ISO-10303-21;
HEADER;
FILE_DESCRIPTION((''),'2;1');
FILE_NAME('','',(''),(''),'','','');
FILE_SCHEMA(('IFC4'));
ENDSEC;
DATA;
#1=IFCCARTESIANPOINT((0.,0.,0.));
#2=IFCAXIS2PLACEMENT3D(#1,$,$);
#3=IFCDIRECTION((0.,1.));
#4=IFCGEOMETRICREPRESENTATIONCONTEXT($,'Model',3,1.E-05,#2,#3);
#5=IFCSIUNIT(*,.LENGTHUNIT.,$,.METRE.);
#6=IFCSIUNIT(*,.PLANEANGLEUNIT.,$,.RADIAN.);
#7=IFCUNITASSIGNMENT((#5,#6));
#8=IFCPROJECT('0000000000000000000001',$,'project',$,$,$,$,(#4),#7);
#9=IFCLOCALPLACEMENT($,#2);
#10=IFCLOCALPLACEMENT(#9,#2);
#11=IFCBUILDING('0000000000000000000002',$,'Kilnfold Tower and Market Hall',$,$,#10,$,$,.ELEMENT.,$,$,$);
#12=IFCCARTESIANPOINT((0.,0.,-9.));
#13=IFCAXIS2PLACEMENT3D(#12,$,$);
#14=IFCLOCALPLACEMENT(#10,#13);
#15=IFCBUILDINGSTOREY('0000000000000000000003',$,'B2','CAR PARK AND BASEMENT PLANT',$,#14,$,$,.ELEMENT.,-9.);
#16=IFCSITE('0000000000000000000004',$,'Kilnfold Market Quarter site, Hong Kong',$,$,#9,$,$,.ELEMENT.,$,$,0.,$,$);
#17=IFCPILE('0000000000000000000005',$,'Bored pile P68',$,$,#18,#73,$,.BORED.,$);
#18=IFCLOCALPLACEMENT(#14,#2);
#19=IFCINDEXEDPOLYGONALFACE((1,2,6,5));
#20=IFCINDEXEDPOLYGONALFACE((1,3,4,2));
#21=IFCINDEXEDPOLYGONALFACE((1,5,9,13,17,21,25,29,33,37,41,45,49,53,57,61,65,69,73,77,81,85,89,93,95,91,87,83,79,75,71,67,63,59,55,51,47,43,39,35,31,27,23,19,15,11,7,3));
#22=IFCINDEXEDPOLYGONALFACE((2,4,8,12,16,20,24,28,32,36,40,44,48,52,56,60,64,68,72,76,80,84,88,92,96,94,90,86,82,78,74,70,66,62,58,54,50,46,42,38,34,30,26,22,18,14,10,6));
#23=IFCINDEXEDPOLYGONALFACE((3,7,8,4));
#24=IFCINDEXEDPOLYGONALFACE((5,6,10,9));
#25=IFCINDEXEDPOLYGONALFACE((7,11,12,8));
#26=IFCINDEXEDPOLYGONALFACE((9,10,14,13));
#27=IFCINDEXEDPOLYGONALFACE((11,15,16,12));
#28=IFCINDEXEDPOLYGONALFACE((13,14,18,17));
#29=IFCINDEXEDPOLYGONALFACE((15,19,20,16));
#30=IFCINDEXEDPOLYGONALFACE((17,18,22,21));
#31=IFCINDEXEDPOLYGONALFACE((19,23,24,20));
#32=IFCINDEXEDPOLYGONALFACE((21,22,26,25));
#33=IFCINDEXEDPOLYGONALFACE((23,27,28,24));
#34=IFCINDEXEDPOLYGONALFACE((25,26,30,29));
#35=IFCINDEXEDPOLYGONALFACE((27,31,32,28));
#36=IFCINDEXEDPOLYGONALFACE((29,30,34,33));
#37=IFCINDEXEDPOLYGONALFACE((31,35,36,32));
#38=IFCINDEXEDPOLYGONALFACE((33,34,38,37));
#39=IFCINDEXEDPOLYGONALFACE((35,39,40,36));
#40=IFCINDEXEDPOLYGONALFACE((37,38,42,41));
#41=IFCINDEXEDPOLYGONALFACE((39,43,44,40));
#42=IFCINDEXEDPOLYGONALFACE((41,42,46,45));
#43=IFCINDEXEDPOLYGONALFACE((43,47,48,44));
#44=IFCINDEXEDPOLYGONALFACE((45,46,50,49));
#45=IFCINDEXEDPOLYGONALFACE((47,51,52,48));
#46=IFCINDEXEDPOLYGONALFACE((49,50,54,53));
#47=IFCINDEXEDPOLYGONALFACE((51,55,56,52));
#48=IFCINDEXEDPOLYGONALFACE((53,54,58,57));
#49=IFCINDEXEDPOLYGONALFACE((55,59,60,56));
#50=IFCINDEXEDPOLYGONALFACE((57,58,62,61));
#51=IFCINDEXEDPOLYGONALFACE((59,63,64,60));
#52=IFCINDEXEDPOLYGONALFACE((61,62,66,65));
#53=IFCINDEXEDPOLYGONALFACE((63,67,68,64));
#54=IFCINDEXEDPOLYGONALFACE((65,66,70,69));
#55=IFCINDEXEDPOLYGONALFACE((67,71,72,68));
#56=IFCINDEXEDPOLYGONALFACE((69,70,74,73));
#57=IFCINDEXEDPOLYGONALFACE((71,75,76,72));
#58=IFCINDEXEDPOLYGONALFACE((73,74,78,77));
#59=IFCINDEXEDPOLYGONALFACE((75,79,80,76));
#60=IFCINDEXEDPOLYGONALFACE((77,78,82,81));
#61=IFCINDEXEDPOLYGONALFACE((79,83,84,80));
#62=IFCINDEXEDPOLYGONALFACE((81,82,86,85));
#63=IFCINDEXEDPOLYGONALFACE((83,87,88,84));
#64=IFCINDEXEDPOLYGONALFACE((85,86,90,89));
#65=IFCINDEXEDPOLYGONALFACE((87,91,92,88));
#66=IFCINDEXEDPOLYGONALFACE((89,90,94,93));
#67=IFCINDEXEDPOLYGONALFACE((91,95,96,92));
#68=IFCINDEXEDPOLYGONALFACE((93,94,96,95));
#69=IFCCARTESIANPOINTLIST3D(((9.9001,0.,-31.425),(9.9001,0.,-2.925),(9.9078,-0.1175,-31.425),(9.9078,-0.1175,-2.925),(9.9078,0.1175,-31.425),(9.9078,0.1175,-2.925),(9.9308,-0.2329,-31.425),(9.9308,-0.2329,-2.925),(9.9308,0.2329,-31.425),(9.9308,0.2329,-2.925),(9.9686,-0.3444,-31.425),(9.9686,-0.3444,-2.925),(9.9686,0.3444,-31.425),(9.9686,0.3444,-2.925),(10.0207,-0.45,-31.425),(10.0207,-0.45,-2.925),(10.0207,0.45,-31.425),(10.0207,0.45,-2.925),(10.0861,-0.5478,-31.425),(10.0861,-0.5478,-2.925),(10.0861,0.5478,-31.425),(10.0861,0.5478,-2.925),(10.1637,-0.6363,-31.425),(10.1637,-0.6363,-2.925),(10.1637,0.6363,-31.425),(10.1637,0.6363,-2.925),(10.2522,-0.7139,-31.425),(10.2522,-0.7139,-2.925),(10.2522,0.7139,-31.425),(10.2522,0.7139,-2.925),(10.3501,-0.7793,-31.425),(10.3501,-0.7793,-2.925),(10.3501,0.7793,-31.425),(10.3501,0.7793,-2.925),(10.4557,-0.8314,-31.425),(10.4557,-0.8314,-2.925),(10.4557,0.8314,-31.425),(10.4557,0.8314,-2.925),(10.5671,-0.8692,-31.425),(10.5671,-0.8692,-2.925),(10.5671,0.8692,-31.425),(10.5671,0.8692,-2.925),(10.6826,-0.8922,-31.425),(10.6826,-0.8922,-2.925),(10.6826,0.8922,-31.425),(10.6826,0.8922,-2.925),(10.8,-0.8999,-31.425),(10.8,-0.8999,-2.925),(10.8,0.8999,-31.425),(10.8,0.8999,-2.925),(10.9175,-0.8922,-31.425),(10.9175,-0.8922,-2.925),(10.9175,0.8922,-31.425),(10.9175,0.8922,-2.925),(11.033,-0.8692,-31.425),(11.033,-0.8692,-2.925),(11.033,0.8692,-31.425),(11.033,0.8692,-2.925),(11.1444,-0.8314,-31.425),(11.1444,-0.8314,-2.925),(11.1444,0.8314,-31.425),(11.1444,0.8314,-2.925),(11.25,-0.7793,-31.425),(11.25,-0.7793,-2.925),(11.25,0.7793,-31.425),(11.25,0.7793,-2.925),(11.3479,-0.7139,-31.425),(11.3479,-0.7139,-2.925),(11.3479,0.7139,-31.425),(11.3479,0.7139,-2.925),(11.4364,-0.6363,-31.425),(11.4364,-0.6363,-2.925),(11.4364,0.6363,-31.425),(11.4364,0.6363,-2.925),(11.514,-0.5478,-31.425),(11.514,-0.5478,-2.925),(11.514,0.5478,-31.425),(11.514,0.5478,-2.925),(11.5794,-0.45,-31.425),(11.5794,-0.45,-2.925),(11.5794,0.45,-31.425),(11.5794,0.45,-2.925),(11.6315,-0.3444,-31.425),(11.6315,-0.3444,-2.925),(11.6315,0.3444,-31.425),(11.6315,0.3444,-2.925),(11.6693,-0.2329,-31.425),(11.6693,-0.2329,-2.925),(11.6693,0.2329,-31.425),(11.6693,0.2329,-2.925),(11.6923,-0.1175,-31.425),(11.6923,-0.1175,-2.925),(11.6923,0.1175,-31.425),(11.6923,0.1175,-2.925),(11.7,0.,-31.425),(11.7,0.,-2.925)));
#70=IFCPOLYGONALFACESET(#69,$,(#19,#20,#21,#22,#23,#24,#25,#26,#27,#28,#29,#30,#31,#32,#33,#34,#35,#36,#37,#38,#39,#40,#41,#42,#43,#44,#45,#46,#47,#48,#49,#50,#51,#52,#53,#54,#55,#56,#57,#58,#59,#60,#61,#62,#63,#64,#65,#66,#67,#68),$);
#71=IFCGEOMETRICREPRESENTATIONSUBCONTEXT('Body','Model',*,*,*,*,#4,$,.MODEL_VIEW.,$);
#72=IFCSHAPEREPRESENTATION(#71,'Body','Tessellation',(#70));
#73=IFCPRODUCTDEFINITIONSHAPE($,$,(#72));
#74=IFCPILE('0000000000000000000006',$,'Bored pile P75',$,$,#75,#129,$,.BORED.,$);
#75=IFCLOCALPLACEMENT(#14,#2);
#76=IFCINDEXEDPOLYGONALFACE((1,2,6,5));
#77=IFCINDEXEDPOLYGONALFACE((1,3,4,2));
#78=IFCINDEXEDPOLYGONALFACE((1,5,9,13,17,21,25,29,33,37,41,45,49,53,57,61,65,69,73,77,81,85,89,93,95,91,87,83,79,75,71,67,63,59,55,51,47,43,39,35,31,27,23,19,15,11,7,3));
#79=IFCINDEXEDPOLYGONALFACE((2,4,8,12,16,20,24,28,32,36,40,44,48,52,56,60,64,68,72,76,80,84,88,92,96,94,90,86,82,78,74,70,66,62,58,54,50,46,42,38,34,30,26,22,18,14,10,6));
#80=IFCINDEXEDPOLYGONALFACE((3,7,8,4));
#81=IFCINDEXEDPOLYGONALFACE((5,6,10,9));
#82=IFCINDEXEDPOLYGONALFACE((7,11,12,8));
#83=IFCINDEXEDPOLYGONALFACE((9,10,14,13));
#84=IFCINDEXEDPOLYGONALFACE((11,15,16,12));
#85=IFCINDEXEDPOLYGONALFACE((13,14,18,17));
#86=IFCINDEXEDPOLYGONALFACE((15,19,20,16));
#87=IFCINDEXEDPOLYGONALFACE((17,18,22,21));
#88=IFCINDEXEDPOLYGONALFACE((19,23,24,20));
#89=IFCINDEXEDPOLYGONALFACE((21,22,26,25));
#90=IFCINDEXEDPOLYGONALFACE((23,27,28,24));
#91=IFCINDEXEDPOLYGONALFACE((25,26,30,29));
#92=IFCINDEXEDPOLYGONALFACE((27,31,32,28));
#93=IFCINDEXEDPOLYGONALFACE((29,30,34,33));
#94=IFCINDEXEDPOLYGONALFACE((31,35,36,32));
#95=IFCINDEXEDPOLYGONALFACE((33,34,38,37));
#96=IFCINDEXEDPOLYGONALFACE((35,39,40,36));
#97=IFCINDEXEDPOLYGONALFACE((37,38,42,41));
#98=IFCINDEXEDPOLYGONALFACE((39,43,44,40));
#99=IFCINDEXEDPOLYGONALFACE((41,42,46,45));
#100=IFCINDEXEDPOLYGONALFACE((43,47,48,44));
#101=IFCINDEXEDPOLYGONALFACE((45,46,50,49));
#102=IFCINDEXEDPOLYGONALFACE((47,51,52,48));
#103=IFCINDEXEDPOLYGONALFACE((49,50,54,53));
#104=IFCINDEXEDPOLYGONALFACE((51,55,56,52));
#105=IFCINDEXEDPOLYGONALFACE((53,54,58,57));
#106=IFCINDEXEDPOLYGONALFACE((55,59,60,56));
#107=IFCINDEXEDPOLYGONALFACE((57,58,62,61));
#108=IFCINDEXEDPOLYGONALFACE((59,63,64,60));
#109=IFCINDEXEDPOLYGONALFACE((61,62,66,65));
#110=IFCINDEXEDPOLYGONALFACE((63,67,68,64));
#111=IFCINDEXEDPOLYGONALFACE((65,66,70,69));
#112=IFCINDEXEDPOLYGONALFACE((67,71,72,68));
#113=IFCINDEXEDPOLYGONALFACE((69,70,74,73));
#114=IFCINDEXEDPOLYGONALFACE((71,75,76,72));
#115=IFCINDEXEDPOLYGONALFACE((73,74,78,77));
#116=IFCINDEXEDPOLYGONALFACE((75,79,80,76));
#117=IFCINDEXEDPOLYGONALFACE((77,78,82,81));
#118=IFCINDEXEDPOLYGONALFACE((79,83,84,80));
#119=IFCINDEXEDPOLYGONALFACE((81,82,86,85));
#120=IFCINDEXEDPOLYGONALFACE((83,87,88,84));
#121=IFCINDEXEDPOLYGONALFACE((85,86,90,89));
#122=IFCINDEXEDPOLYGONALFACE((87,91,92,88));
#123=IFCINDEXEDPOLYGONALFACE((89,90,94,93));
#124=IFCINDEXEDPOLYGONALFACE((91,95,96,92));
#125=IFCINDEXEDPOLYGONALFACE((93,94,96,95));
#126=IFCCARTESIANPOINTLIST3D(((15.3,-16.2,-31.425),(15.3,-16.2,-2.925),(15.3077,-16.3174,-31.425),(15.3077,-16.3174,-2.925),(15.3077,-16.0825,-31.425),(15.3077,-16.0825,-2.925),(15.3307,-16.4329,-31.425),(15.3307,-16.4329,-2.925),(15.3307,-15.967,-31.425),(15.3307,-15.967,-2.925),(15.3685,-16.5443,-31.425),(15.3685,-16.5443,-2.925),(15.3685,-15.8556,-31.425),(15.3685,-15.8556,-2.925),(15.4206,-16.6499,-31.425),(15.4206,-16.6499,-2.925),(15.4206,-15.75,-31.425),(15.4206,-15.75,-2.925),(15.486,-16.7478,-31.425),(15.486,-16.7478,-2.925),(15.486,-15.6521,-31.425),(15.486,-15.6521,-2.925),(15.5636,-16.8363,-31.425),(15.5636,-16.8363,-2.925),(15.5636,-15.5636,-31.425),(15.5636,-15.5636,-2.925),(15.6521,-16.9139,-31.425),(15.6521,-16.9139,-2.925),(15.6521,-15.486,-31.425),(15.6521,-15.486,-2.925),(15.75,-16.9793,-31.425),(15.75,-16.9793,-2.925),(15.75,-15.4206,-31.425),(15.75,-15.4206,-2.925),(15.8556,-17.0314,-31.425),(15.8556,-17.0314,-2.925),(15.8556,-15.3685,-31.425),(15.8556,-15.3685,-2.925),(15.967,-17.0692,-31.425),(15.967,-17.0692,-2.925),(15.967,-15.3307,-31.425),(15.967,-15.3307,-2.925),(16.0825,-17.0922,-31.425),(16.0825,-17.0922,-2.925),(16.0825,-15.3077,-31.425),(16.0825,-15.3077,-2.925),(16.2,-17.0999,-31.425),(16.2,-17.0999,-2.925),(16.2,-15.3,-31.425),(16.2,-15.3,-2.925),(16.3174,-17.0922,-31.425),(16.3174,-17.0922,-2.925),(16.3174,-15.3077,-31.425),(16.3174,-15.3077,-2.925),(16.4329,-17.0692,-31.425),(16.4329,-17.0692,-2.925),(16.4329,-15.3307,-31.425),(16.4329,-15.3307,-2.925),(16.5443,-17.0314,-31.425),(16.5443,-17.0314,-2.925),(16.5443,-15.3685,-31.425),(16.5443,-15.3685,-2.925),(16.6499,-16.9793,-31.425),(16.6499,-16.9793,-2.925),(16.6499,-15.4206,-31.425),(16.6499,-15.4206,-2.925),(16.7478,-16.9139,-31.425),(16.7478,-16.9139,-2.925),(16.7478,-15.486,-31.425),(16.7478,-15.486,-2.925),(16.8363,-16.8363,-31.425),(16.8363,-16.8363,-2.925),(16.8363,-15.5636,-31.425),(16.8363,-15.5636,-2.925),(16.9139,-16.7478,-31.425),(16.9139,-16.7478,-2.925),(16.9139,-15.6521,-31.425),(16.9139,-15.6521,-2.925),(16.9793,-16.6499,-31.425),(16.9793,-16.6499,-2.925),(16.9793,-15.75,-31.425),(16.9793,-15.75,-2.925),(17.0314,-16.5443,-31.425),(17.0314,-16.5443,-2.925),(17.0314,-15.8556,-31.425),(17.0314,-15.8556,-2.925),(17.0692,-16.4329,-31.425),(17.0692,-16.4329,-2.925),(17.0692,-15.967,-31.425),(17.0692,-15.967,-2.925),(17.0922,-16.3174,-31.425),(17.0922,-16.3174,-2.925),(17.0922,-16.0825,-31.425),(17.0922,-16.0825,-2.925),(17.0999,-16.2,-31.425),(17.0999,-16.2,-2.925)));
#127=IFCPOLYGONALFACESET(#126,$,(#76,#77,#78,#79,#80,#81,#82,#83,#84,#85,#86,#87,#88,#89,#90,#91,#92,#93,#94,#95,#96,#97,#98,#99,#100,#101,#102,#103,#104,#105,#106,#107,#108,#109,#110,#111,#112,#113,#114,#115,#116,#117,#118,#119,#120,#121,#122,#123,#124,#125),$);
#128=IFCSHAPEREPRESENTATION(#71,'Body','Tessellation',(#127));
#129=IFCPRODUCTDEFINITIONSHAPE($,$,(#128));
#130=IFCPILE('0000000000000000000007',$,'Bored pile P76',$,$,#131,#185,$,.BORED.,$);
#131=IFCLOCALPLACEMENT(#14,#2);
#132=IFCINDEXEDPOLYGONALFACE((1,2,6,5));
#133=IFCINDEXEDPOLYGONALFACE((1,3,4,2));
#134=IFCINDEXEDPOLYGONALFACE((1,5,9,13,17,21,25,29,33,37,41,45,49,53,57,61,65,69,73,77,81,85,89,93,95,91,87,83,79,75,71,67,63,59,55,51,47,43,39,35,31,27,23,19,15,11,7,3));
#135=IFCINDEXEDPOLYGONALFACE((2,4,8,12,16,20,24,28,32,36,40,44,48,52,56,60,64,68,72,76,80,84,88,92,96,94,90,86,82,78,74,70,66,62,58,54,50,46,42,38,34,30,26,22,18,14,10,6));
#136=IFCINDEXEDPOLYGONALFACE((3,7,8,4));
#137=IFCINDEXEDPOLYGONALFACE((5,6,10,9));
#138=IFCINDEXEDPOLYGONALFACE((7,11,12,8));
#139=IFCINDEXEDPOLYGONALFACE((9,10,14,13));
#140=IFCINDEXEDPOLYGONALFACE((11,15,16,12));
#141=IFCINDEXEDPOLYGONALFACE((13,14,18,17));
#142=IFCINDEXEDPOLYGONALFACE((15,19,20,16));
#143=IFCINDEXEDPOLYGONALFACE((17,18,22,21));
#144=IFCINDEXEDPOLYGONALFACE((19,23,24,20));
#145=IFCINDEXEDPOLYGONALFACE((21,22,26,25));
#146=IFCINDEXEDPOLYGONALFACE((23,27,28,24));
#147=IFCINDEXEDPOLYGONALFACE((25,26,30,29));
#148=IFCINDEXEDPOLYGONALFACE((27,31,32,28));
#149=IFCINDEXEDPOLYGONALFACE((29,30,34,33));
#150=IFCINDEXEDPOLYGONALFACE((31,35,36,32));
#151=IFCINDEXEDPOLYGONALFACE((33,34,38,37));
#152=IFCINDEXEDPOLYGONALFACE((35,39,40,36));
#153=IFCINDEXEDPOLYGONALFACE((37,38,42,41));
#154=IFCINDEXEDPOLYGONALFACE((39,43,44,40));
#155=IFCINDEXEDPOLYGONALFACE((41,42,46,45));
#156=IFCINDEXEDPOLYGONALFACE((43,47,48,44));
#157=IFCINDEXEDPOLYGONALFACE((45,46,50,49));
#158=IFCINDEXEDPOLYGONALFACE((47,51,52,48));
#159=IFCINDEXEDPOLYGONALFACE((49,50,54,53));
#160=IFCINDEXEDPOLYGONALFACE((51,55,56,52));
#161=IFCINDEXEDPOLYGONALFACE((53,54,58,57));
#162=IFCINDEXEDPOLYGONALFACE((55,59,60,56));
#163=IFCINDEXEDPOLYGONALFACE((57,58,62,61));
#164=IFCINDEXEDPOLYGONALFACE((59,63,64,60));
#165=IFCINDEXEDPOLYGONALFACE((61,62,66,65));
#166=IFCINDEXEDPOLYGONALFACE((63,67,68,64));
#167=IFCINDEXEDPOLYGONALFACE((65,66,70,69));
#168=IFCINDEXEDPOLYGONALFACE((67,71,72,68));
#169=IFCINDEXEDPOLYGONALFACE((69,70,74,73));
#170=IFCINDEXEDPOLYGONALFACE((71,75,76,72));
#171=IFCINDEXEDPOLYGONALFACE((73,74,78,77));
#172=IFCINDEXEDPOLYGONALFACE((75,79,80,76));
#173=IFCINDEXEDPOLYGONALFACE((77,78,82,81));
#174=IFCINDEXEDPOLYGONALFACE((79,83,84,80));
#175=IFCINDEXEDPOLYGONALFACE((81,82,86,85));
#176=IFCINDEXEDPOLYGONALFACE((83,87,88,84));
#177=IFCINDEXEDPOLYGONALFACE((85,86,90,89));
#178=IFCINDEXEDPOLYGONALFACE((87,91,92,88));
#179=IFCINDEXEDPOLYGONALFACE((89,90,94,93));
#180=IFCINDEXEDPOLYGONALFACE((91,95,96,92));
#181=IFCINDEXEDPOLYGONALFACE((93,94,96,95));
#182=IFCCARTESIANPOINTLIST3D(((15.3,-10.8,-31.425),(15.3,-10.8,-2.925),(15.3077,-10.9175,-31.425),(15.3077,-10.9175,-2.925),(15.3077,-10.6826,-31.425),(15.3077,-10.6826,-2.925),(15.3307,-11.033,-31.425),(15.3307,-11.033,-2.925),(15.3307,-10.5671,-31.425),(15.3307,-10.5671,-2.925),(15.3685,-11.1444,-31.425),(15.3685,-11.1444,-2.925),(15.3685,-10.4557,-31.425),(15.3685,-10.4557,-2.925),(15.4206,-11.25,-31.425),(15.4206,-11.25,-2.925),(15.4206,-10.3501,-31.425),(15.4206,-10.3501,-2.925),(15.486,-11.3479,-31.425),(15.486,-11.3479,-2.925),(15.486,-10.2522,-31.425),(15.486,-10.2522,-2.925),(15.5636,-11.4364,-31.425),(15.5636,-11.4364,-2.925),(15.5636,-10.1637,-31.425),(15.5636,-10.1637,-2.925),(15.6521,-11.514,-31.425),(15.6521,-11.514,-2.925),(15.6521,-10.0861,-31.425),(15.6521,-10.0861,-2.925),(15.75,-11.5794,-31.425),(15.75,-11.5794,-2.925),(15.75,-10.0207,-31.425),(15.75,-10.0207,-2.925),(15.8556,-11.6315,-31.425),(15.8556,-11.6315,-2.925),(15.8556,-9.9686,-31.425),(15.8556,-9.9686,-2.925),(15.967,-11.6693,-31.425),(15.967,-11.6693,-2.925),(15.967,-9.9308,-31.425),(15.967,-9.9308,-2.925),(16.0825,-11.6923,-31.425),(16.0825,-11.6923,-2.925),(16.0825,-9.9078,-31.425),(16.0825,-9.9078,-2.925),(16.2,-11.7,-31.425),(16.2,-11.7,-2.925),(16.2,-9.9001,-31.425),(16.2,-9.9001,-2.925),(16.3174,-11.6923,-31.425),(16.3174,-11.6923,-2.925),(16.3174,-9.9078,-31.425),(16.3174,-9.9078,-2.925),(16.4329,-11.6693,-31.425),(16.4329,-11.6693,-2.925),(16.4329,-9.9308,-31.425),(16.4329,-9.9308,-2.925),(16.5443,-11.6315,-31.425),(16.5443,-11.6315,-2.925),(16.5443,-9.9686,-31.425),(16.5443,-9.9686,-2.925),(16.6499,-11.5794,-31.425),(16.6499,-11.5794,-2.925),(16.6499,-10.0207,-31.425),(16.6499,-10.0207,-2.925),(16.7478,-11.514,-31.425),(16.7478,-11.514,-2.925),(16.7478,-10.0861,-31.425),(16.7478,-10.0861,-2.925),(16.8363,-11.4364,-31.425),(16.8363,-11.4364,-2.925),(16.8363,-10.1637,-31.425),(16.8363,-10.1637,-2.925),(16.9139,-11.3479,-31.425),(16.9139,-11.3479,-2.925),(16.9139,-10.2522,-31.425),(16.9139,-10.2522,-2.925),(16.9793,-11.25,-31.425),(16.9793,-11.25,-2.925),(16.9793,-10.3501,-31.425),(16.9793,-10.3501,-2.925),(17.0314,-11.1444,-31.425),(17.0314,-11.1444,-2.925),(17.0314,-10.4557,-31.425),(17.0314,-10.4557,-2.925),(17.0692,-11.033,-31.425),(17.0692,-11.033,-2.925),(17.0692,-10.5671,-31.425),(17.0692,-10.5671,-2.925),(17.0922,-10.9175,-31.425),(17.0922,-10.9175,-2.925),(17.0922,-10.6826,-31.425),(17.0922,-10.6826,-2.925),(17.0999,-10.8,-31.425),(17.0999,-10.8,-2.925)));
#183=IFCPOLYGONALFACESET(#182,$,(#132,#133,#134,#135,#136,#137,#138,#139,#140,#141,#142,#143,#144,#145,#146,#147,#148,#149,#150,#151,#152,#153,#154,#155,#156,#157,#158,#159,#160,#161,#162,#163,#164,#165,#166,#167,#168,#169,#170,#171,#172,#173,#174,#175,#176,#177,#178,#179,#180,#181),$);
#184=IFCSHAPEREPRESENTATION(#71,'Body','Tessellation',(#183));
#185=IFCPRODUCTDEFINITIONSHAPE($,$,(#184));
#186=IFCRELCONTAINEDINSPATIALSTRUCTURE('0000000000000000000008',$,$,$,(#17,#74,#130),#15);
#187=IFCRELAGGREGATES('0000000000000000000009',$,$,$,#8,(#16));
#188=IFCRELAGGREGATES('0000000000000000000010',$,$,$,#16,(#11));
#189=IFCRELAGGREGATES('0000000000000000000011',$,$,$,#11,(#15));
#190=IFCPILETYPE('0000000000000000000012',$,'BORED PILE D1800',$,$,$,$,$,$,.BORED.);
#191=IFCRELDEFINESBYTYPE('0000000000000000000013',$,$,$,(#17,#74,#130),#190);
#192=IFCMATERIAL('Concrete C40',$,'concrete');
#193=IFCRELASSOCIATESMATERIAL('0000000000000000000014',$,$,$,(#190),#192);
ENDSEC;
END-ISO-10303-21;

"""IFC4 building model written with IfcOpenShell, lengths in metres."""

from ifc_helpers import new_model, si_unit, direction, frame, origin, origin_2d, place, context, subcontext, project, spatial, circle, extrude, source, transform, mapped, material, material_profile, profile_set, type_object, element, save


model = new_model("IFC4")

# Units and contexts
model_context = context("Model", 3, precision=1e-05, world=origin(), true_north=direction((0.0, 1.0)))
body_context = subcontext(model_context, "Body", "Model", "MODEL_VIEW")
ifc_project = project(units=[si_unit("LENGTHUNIT", "METRE"), si_unit("PLANEANGLEUNIT", "RADIAN")], contexts=[model_context])

# Site, building, storey
site_placement = place(None, origin())
site = spatial("IfcSite", under=ifc_project, at=site_placement, Name="Kilnfold Market Quarter site, Hong Kong", CompositionType="ELEMENT", RefElevation=0.0)
building_placement = place(site_placement, origin())
building = spatial("IfcBuilding", under=site, at=building_placement, Name="Kilnfold Tower and Market Hall", CompositionType="ELEMENT")
storey_placement = place(building_placement, frame((0.0, 0.0, -9.0)))
storey = spatial("IfcBuildingStorey", under=building, at=storey_placement, Name="B2", Description="CAR PARK AND BASEMENT PLANT", CompositionType="ELEMENT", Elevation=-9.0)

# Piles
ifc_material_1 = material(Name="Concrete C40", Category="concrete")
ifc_material_profile_1 = material_profile(ifc_material_1, circle(Radius=0.8999, at=origin_2d()), Name="RC D1800")
ifc_profile_set_1 = profile_set([ifc_material_profile_1], Name="Concrete C40")
pile_type = type_object("IfcPileType", Name="BORED PILE D1800", PredefinedType="BORED", material=ifc_profile_set_1)
shared_shape_1 = source(origin(), body_context, "Body", "SweptSolid", [
    extrude(circle(Radius=0.8999, at=origin_2d()), origin(), (0.0, 0.0, 1.0), 28.5),
])
for number, where, z_axis, x_axis, name in (
    (1, (10.8, 0.0, -2.925), (0.0, 0.0, -1.0), (1.0, 0.0, 0.0), "Bored pile P68"),
    (2, (16.2, -16.2, -2.925), (0.0, 0.0, -1.0), (1.0, 0.0, 0.0), "Bored pile P75"),
    (3, (16.2, -10.8, -2.925), (0.0, 0.0, -1.0), (1.0, 0.0, 0.0), "Bored pile P76"),
):
    element("IfcPile", number, at=place(storey_placement, frame(where, z_axis=z_axis, x_axis=x_axis)), inside=storey, type_object=pile_type, Name=name, PredefinedType="BORED", context=body_context, shape_type="MappedRepresentation", body=[
        mapped(shared_shape_1, transform((0.0, 0.0, 0.0))),
    ])

save(model, "model.ifc")
